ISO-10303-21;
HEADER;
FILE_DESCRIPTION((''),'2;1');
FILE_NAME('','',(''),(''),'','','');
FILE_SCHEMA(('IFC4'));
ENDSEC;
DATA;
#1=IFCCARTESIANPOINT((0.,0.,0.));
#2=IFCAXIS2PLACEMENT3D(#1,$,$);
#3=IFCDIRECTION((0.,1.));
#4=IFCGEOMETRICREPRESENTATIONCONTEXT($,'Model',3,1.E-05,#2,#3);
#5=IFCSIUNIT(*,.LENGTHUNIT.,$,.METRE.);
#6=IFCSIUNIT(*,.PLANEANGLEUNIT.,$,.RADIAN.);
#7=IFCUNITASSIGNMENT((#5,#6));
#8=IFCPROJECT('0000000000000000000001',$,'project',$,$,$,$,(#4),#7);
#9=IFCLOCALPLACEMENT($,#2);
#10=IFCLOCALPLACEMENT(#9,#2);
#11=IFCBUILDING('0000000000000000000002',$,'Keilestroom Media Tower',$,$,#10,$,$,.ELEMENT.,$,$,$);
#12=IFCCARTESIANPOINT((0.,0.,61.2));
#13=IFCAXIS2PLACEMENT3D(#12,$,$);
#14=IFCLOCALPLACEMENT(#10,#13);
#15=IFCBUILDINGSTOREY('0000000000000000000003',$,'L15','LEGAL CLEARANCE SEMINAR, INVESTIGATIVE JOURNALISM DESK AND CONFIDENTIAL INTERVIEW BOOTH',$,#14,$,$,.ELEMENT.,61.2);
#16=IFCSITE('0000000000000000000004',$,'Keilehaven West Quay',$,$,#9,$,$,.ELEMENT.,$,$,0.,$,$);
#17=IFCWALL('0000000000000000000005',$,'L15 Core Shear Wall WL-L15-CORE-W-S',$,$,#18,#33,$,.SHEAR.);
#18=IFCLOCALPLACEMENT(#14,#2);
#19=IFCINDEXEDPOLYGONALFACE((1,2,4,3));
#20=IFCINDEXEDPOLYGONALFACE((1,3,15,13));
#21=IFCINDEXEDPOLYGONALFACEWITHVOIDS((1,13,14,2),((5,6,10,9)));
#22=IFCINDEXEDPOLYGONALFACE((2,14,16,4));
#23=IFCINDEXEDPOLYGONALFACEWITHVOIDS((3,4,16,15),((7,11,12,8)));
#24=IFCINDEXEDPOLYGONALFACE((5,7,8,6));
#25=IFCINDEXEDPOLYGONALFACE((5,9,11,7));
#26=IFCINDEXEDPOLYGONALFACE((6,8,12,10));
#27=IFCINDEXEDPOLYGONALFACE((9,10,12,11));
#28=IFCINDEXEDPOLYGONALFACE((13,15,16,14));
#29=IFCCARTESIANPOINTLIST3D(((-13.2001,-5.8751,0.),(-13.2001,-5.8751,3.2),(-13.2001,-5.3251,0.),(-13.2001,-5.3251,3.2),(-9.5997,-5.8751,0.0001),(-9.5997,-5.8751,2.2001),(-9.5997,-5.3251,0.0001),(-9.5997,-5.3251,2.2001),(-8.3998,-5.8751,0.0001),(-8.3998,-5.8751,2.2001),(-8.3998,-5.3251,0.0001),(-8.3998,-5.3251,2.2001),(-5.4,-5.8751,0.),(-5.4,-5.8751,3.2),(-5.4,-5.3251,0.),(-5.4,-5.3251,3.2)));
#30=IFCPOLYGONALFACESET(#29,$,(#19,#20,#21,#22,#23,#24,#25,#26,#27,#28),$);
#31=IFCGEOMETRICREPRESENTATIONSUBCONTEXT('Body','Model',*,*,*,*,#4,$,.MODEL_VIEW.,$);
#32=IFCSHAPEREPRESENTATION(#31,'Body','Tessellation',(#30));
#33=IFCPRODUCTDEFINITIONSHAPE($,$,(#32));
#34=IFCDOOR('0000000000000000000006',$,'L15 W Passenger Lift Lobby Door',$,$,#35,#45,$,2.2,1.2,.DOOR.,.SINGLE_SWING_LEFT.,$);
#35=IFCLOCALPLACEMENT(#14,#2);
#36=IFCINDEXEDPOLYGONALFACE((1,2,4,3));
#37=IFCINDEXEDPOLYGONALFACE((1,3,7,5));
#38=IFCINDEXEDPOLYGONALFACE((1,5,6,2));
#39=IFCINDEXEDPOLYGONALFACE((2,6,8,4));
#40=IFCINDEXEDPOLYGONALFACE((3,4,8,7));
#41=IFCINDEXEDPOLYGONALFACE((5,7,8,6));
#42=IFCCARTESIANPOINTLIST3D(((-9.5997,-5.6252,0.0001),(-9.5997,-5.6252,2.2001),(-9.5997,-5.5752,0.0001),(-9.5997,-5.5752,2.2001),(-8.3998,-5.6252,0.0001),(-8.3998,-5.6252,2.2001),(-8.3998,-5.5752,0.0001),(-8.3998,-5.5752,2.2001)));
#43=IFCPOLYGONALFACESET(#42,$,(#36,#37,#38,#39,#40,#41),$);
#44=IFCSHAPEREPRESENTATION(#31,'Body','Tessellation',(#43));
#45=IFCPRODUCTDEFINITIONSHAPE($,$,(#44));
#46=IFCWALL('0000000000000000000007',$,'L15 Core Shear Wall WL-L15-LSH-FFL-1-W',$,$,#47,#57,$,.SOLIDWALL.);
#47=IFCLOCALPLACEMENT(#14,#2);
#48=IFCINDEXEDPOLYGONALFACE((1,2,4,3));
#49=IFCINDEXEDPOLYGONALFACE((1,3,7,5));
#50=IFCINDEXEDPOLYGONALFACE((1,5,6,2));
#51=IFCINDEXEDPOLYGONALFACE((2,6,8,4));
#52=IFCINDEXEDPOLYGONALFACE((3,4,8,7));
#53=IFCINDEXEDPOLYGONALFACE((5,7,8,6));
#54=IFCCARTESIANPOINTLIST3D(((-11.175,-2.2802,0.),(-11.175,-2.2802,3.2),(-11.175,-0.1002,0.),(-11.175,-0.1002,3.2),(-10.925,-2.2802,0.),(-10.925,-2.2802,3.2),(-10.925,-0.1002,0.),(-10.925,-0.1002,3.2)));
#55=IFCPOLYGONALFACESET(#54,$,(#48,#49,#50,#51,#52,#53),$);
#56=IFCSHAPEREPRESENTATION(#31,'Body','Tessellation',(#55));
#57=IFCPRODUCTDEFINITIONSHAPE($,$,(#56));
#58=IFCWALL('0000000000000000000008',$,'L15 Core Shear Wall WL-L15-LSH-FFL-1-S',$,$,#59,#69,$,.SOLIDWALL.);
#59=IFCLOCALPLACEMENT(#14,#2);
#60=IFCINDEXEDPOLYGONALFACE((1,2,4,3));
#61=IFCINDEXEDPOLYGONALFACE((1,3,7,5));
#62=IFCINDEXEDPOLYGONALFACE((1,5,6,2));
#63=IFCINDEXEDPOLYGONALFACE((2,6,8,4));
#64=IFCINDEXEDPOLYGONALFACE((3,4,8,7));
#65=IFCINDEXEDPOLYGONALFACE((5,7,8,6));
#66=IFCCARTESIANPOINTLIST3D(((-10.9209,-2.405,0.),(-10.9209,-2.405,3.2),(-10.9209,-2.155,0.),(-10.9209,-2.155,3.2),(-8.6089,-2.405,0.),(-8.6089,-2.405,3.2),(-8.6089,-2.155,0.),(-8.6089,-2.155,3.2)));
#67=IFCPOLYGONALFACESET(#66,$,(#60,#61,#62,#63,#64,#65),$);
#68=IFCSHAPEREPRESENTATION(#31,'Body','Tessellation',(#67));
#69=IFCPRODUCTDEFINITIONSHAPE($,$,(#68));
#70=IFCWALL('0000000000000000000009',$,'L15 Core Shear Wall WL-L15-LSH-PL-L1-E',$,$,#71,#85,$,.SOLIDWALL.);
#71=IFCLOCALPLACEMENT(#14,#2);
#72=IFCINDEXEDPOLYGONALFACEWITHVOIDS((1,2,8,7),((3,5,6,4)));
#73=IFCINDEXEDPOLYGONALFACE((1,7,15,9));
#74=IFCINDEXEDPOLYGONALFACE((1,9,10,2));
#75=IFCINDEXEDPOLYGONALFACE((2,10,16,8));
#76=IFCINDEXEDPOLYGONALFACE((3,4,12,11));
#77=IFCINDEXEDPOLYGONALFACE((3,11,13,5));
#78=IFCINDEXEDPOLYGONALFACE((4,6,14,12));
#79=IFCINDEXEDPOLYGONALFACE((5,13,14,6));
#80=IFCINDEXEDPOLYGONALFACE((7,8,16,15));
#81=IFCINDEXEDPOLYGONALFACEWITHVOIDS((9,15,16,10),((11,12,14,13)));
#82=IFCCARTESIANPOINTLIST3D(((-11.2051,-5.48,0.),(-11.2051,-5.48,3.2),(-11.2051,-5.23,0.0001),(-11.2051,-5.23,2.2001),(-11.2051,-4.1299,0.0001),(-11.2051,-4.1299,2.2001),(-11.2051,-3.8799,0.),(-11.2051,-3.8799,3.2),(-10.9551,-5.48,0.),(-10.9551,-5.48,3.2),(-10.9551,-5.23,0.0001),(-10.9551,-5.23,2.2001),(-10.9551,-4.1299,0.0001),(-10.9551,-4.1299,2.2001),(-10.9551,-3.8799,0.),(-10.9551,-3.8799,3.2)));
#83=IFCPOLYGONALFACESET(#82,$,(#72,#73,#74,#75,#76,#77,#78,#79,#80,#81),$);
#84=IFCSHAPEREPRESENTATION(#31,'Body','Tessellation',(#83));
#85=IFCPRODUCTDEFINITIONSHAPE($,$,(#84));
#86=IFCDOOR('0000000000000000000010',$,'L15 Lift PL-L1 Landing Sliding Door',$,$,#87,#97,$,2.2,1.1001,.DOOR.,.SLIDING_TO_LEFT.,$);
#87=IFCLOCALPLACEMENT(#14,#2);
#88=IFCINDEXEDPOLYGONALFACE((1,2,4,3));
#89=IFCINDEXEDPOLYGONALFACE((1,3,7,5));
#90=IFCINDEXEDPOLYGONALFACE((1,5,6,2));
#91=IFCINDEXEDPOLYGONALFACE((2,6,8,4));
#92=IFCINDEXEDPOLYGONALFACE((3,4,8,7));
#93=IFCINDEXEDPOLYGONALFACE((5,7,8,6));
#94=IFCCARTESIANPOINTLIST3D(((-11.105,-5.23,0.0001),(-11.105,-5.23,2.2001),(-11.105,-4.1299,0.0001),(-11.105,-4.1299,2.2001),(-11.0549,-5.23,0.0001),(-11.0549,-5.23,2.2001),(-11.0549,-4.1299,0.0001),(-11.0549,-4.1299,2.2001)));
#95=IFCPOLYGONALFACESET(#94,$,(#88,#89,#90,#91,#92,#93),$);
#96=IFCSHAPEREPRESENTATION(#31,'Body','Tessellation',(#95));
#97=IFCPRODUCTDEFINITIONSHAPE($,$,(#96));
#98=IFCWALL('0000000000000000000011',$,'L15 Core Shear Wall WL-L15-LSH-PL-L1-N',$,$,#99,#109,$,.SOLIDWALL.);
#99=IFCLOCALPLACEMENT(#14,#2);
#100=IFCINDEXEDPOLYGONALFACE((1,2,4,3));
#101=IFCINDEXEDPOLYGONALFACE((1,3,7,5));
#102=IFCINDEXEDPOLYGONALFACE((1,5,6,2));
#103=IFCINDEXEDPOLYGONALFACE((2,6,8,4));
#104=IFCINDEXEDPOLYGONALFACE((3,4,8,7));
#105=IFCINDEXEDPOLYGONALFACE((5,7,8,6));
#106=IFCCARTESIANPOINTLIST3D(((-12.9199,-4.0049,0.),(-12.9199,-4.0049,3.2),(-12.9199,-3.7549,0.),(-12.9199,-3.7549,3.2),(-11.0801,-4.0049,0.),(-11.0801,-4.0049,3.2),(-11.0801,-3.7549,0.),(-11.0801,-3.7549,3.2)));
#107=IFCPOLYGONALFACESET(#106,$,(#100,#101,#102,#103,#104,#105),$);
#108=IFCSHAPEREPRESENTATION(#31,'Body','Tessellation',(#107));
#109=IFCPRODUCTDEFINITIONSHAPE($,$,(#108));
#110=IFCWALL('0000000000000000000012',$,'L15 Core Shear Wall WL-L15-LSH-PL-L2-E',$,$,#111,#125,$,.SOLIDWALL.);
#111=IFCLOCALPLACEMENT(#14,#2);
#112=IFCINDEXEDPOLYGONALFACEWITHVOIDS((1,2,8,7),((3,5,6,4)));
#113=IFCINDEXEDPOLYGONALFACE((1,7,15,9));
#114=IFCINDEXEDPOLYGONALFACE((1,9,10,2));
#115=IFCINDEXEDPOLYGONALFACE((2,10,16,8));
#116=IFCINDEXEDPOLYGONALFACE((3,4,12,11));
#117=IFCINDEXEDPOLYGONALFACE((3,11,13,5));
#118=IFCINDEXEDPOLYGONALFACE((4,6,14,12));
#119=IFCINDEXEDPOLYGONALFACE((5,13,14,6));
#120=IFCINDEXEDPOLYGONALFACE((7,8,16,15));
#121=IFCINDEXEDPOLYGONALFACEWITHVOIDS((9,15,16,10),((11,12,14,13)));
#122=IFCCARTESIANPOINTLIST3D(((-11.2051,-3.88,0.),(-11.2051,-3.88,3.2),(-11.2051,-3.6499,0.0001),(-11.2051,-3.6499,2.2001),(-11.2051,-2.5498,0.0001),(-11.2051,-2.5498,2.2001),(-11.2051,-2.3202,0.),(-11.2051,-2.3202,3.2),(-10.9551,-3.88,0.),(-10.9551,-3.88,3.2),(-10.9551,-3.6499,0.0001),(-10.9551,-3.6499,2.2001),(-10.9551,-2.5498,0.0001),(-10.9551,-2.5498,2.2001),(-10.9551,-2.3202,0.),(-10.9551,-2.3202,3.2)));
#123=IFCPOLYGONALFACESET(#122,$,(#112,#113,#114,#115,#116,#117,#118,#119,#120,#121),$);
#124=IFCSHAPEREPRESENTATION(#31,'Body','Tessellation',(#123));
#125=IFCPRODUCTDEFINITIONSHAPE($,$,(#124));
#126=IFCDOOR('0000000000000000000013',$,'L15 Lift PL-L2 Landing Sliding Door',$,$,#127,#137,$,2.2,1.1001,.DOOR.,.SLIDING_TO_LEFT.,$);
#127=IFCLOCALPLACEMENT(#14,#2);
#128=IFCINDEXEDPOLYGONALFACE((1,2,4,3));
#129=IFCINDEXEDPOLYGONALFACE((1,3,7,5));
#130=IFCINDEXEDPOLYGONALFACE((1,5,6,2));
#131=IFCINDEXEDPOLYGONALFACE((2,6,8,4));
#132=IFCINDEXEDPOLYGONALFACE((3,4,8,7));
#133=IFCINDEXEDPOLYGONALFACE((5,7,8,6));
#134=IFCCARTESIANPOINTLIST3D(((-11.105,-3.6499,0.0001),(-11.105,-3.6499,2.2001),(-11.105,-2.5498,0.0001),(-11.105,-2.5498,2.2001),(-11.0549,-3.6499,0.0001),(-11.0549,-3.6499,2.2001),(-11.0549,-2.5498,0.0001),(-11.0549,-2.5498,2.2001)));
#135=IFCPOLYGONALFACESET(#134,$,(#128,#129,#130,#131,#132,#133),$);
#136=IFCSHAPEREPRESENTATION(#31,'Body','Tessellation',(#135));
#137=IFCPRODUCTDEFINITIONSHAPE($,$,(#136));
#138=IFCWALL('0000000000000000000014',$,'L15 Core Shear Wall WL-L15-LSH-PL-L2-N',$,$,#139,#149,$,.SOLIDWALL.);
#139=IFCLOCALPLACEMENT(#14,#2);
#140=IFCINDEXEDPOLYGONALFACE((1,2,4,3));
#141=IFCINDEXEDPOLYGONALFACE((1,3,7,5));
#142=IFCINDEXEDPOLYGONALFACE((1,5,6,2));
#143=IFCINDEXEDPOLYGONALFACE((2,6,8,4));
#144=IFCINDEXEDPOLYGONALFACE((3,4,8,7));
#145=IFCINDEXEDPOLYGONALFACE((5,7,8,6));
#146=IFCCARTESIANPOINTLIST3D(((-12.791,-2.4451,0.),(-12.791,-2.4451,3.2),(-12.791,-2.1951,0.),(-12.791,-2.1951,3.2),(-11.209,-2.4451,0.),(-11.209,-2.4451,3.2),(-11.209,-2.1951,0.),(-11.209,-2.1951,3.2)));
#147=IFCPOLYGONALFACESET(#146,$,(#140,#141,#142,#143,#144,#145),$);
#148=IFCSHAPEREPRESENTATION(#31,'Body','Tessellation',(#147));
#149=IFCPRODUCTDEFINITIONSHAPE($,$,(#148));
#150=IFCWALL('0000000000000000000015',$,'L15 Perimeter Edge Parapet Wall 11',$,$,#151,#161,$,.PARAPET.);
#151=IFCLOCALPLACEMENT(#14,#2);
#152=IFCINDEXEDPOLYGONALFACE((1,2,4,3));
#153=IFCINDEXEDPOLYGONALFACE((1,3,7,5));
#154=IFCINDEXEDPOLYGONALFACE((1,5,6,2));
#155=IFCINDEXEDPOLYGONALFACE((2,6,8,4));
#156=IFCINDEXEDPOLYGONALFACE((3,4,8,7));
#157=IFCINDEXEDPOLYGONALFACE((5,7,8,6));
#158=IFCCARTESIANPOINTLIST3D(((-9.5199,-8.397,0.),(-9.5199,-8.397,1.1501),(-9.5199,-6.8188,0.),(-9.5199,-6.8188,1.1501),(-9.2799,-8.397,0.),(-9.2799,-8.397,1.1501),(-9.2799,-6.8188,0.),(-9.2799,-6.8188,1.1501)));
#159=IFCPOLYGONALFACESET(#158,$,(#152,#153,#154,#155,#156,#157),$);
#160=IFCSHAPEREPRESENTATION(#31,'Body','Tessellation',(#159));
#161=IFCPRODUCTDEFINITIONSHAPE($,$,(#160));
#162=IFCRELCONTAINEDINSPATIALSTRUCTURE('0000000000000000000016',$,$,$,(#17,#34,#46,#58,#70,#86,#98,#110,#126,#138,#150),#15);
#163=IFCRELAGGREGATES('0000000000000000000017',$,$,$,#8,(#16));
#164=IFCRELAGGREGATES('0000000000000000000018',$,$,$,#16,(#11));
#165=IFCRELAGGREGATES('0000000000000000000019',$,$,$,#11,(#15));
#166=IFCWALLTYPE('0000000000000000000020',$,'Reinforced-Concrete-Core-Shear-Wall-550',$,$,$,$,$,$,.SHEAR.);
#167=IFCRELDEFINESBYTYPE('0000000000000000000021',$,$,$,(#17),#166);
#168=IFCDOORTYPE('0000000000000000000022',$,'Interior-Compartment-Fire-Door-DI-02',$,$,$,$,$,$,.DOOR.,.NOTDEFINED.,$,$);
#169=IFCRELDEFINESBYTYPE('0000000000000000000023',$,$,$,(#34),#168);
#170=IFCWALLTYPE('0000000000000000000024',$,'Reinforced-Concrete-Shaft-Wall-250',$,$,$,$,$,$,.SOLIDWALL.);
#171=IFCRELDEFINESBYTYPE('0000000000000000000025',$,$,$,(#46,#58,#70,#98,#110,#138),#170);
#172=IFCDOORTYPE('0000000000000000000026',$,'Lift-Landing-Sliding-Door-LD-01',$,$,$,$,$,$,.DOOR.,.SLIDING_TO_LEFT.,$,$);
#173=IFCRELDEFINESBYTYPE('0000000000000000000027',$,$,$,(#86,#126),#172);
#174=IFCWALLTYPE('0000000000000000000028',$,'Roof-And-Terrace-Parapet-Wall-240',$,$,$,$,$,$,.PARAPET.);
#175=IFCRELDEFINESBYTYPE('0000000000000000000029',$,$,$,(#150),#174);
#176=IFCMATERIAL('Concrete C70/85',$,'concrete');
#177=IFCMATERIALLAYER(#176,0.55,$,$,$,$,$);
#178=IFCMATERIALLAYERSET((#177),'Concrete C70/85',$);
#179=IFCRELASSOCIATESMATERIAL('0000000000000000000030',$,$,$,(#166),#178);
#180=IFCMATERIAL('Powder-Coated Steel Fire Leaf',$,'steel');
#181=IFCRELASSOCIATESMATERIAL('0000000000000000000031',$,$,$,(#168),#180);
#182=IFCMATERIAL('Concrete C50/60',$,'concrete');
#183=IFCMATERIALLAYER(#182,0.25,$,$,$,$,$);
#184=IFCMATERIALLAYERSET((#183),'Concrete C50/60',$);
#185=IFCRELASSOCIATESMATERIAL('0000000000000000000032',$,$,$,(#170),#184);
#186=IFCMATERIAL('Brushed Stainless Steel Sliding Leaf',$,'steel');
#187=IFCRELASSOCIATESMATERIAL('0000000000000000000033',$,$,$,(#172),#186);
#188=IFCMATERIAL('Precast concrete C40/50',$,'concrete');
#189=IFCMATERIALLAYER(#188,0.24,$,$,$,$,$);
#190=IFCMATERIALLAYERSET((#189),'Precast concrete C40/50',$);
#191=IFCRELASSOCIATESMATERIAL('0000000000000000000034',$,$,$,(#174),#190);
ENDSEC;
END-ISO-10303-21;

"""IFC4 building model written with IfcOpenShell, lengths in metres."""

from ifc_helpers import new_model, si_unit, direction, frame, frame_2d, origin, place, context, subcontext, project, spatial, rectangle, extrude, source, transform, mapped, material, layer, layer_set, type_object, element, fill, save


model = new_model("IFC4")

# Units and contexts
model_context = context("Model", 3, precision=1e-05, world=origin(), true_north=direction((0.0, 1.0)))
body_context = subcontext(model_context, "Body", "Model", "MODEL_VIEW")
ifc_project = project(units=[si_unit("LENGTHUNIT", "METRE"), si_unit("PLANEANGLEUNIT", "RADIAN")], contexts=[model_context])

# Site, building, storey
site_placement = place(None, origin())
site = spatial("IfcSite", under=ifc_project, at=site_placement, Name="Keilehaven West Quay", CompositionType="ELEMENT", RefElevation=0.0)
building_placement = place(site_placement, origin())
building = spatial("IfcBuilding", under=site, at=building_placement, Name="Keilestroom Media Tower", CompositionType="ELEMENT")
storey_placement = place(building_placement, frame((0.0, 0.0, 61.2)))
storey = spatial("IfcBuildingStorey", under=building, at=storey_placement, Name="L15", Description="LEGAL CLEARANCE SEMINAR, INVESTIGATIVE JOURNALISM DESK AND CONFIDENTIAL INTERVIEW BOOTH", CompositionType="ELEMENT", Elevation=61.2)

# Shared definitions
ifc_material_1 = material(Name="Concrete C70/85", Category="concrete")

# Shared definitions
shared_shape_1 = source(origin(), body_context, "Body", "SweptSolid", [
    extrude(rectangle(XDim=1.1001, YDim=2.2, at=frame_2d((0.55, 1.1001))), frame((0.0, 0.0249, 0.0), z_axis=(0.0, -1.0, 0.0), x_axis=(1.0, 0.0, 0.0)), (0.0, 0.0, 1.0), 0.05),
])

# Shared definitions
ifc_layer_1 = layer(ifc_material_1, 0.55)
ifc_layer_set_1 = layer_set([ifc_layer_1], Name="Concrete C70/85")
wall_type_1 = type_object("IfcWallType", Name="Reinforced-Concrete-Core-Shear-Wall-550", PredefinedType="SHEAR", material=ifc_layer_set_1)

# Wall, opening, door
wall_1_placement = place(storey_placement, frame((-13.2, -5.6001, 0.0), z_axis=(0.0, 0.0, 1.0), x_axis=(1.0, 0.0, 0.0)))
wall_1 = element("IfcWall", 1, at=wall_1_placement, inside=storey, type_object=wall_type_1, Name="L15 Core Shear Wall WL-L15-CORE-W-S", PredefinedType="SHEAR", context=body_context, shape_type="SweptSolid", body=[
    extrude(rectangle(XDim=7.8, YDim=0.55, at=frame_2d((3.8999, 0.0))), origin(), (0.0, 0.0, 1.0), 3.2),
])
opening_1_placement = place(wall_1_placement, frame((3.6001, 0.0, 0.0)))
opening_1 = element("IfcOpeningElement", 2, at=opening_1_placement, cuts=wall_1, PredefinedType="OPENING", context=body_context, shape_type="SweptSolid", body=[
    extrude(rectangle(XDim=1.2, YDim=2.2, at=frame_2d((0.6001, 1.1001))), frame((0.0, 0.2852, 0.0), z_axis=(0.0, -1.0, 0.0), x_axis=(1.0, 0.0, 0.0)), (0.0, 0.0, 1.0), 0.5701),
])
ifc_material_2 = material(Name="Powder-Coated Steel Fire Leaf", Category="steel")
door_type_1 = type_object("IfcDoorType", Name="Interior-Compartment-Fire-Door-DI-02", OperationType="NOTDEFINED", PredefinedType="DOOR", material=ifc_material_2)
shared_shape_2 = source(origin(), body_context, "Body", "SweptSolid", [
    extrude(rectangle(XDim=1.2, YDim=2.2, at=frame_2d((0.6001, 1.1001))), frame((0.0, 0.0249, 0.0), z_axis=(0.0, -1.0, 0.0), x_axis=(1.0, 0.0, 0.0)), (0.0, 0.0, 1.0), 0.05),
])
door_1_placement = place(opening_1_placement, origin())
door_1 = element("IfcDoor", 3, at=door_1_placement, inside=storey, type_object=door_type_1, Name="L15 W Passenger Lift Lobby Door", OperationType="SINGLE_SWING_LEFT", OverallHeight=2.2, OverallWidth=1.2, PredefinedType="DOOR", context=body_context, shape_type="MappedRepresentation", body=[
    mapped(shared_shape_2, transform((0.0, 0.0, 0.0), x_axis=(1.0, 0.0, 0.0), y_axis=(0.0, 1.0, 0.0), z_axis=(0.0, 0.0, 1.0), scale=1.0)),
])
fill(opening_1, door_1)

# Walls
ifc_material_3 = material(Name="Concrete C50/60", Category="concrete")
ifc_layer_2 = layer(ifc_material_3, 0.25)
ifc_layer_set_2 = layer_set([ifc_layer_2], Name="Concrete C50/60")
wall_type_2 = type_object("IfcWallType", Name="Reinforced-Concrete-Shaft-Wall-250", PredefinedType="SOLIDWALL", material=ifc_layer_set_2)
wall_2_placement = place(storey_placement, frame((-11.05, -2.28, 0.0), z_axis=(0.0, 0.0, 1.0), x_axis=(0.0, 1.0, 0.0)))
element("IfcWall", 4, at=wall_2_placement, inside=storey, type_object=wall_type_2, Name="L15 Core Shear Wall WL-L15-LSH-FFL-1-W", PredefinedType="SOLIDWALL", context=body_context, shape_type="SweptSolid", body=[
    extrude(rectangle(XDim=2.1799, YDim=0.25, at=frame_2d((1.0898, 0.0))), origin(), (0.0, 0.0, 1.0), 3.2),
])
wall_3_placement = place(storey_placement, frame((-10.9209, -2.28, 0.0), z_axis=(0.0, 0.0, 1.0), x_axis=(1.0, 0.0, 0.0)))
element("IfcWall", 5, at=wall_3_placement, inside=storey, type_object=wall_type_2, Name="L15 Core Shear Wall WL-L15-LSH-FFL-1-S", PredefinedType="SOLIDWALL", context=body_context, shape_type="SweptSolid", body=[
    extrude(rectangle(XDim=2.312, YDim=0.25, at=frame_2d((1.156, 0.0))), origin(), (0.0, 0.0, 1.0), 3.2),
])

# Wall, opening, door
wall_4_placement = place(storey_placement, frame((-11.0801, -5.48, 0.0), z_axis=(0.0, 0.0, 1.0), x_axis=(0.0, 1.0, 0.0)))
wall_4 = element("IfcWall", 6, at=wall_4_placement, inside=storey, type_object=wall_type_2, Name="L15 Core Shear Wall WL-L15-LSH-PL-L1-E", PredefinedType="SOLIDWALL", context=body_context, shape_type="SweptSolid", body=[
    extrude(rectangle(XDim=1.6001, YDim=0.25, at=frame_2d((0.8, 0.0))), origin(), (0.0, 0.0, 1.0), 3.2),
])
opening_2_placement = place(wall_4_placement, frame((0.25, 0.0, 0.0)))
opening_2 = element("IfcOpeningElement", 7, at=opening_2_placement, cuts=wall_4, PredefinedType="OPENING", context=body_context, shape_type="SweptSolid", body=[
    extrude(rectangle(XDim=1.1001, YDim=2.2, at=frame_2d((0.55, 1.1001))), frame((0.0, 0.135, 0.0), z_axis=(0.0, -1.0, 0.0), x_axis=(1.0, 0.0, 0.0)), (0.0, 0.0, 1.0), 0.27),
])
ifc_material_4 = material(Name="Brushed Stainless Steel Sliding Leaf", Category="steel")
door_type_2 = type_object("IfcDoorType", Name="Lift-Landing-Sliding-Door-LD-01", OperationType="SLIDING_TO_LEFT", PredefinedType="DOOR", material=ifc_material_4)
door_2_placement = place(opening_2_placement, origin())
door_2 = element("IfcDoor", 8, at=door_2_placement, inside=storey, type_object=door_type_2, Name="L15 Lift PL-L1 Landing Sliding Door", OperationType="SLIDING_TO_LEFT", OverallHeight=2.2, OverallWidth=1.1001, PredefinedType="DOOR", context=body_context, shape_type="MappedRepresentation", body=[
    mapped(shared_shape_1, transform((0.0, 0.0, 0.0), x_axis=(1.0, 0.0, 0.0), y_axis=(0.0, 1.0, 0.0), z_axis=(0.0, 0.0, 1.0), scale=1.0)),
])
fill(opening_2, door_2)

# Wall
wall_5_placement = place(storey_placement, frame((-12.9199, -3.8799, 0.0), z_axis=(0.0, 0.0, 1.0), x_axis=(1.0, 0.0, 0.0)))
element("IfcWall", 9, at=wall_5_placement, inside=storey, type_object=wall_type_2, Name="L15 Core Shear Wall WL-L15-LSH-PL-L1-N", PredefinedType="SOLIDWALL", context=body_context, shape_type="SweptSolid", body=[
    extrude(rectangle(XDim=1.8398, YDim=0.25, at=frame_2d((0.9199, 0.0))), origin(), (0.0, 0.0, 1.0), 3.2),
])

# Wall, opening, door
wall_6_placement = place(storey_placement, frame((-11.0801, -3.8799, 0.0), z_axis=(0.0, 0.0, 1.0), x_axis=(0.0, 1.0, 0.0)))
wall_6 = element("IfcWall", 10, at=wall_6_placement, inside=storey, type_object=wall_type_2, Name="L15 Core Shear Wall WL-L15-LSH-PL-L2-E", PredefinedType="SOLIDWALL", context=body_context, shape_type="SweptSolid", body=[
    extrude(rectangle(XDim=1.5598, YDim=0.25, at=frame_2d((0.7798, 0.0))), origin(), (0.0, 0.0, 1.0), 3.2),
])
opening_3_placement = place(wall_6_placement, frame((0.23, 0.0, 0.0)))
opening_3 = element("IfcOpeningElement", 11, at=opening_3_placement, cuts=wall_6, PredefinedType="OPENING", context=body_context, shape_type="SweptSolid", body=[
    extrude(rectangle(XDim=1.1001, YDim=2.2, at=frame_2d((0.55, 1.1001))), frame((0.0, 0.135, 0.0), z_axis=(0.0, -1.0, 0.0), x_axis=(1.0, 0.0, 0.0)), (0.0, 0.0, 1.0), 0.27),
])
door_3_placement = place(opening_3_placement, origin())
door_3 = element("IfcDoor", 12, at=door_3_placement, inside=storey, type_object=door_type_2, Name="L15 Lift PL-L2 Landing Sliding Door", OperationType="SLIDING_TO_LEFT", OverallHeight=2.2, OverallWidth=1.1001, PredefinedType="DOOR", context=body_context, shape_type="MappedRepresentation", body=[
    mapped(shared_shape_1, transform((0.0, 0.0, 0.0), x_axis=(1.0, 0.0, 0.0), y_axis=(0.0, 1.0, 0.0), z_axis=(0.0, 0.0, 1.0), scale=1.0)),
])
fill(opening_3, door_3)

# Walls
wall_7_placement = place(storey_placement, frame((-12.791, -2.3201, 0.0), z_axis=(0.0, 0.0, 1.0), x_axis=(1.0, 0.0, 0.0)))
element("IfcWall", 13, at=wall_7_placement, inside=storey, type_object=wall_type_2, Name="L15 Core Shear Wall WL-L15-LSH-PL-L2-N", PredefinedType="SOLIDWALL", context=body_context, shape_type="SweptSolid", body=[
    extrude(rectangle(XDim=1.582, YDim=0.25, at=frame_2d((0.791, 0.0))), origin(), (0.0, 0.0, 1.0), 3.2),
])
ifc_material_5 = material(Name="Precast concrete C40/50", Category="concrete")
ifc_layer_3 = layer(ifc_material_5, 0.24)
ifc_layer_set_3 = layer_set([ifc_layer_3], Name="Precast concrete C40/50")
wall_type_3 = type_object("IfcWallType", Name="Roof-And-Terrace-Parapet-Wall-240", PredefinedType="PARAPET", material=ifc_layer_set_3)
wall_8_placement = place(storey_placement, frame((-9.3999, -8.397, 0.0), z_axis=(0.0, 0.0, 1.0), x_axis=(0.0, 1.0, 0.0)))
element("IfcWall", 14, at=wall_8_placement, inside=storey, type_object=wall_type_3, Name="L15 Perimeter Edge Parapet Wall 11", PredefinedType="PARAPET", context=body_context, shape_type="SweptSolid", body=[
    extrude(rectangle(XDim=1.5781, YDim=0.24, at=frame_2d((0.7891, 0.0))), origin(), (0.0, 0.0, 1.0), 1.1501),
])

save(model, "model.ifc")
